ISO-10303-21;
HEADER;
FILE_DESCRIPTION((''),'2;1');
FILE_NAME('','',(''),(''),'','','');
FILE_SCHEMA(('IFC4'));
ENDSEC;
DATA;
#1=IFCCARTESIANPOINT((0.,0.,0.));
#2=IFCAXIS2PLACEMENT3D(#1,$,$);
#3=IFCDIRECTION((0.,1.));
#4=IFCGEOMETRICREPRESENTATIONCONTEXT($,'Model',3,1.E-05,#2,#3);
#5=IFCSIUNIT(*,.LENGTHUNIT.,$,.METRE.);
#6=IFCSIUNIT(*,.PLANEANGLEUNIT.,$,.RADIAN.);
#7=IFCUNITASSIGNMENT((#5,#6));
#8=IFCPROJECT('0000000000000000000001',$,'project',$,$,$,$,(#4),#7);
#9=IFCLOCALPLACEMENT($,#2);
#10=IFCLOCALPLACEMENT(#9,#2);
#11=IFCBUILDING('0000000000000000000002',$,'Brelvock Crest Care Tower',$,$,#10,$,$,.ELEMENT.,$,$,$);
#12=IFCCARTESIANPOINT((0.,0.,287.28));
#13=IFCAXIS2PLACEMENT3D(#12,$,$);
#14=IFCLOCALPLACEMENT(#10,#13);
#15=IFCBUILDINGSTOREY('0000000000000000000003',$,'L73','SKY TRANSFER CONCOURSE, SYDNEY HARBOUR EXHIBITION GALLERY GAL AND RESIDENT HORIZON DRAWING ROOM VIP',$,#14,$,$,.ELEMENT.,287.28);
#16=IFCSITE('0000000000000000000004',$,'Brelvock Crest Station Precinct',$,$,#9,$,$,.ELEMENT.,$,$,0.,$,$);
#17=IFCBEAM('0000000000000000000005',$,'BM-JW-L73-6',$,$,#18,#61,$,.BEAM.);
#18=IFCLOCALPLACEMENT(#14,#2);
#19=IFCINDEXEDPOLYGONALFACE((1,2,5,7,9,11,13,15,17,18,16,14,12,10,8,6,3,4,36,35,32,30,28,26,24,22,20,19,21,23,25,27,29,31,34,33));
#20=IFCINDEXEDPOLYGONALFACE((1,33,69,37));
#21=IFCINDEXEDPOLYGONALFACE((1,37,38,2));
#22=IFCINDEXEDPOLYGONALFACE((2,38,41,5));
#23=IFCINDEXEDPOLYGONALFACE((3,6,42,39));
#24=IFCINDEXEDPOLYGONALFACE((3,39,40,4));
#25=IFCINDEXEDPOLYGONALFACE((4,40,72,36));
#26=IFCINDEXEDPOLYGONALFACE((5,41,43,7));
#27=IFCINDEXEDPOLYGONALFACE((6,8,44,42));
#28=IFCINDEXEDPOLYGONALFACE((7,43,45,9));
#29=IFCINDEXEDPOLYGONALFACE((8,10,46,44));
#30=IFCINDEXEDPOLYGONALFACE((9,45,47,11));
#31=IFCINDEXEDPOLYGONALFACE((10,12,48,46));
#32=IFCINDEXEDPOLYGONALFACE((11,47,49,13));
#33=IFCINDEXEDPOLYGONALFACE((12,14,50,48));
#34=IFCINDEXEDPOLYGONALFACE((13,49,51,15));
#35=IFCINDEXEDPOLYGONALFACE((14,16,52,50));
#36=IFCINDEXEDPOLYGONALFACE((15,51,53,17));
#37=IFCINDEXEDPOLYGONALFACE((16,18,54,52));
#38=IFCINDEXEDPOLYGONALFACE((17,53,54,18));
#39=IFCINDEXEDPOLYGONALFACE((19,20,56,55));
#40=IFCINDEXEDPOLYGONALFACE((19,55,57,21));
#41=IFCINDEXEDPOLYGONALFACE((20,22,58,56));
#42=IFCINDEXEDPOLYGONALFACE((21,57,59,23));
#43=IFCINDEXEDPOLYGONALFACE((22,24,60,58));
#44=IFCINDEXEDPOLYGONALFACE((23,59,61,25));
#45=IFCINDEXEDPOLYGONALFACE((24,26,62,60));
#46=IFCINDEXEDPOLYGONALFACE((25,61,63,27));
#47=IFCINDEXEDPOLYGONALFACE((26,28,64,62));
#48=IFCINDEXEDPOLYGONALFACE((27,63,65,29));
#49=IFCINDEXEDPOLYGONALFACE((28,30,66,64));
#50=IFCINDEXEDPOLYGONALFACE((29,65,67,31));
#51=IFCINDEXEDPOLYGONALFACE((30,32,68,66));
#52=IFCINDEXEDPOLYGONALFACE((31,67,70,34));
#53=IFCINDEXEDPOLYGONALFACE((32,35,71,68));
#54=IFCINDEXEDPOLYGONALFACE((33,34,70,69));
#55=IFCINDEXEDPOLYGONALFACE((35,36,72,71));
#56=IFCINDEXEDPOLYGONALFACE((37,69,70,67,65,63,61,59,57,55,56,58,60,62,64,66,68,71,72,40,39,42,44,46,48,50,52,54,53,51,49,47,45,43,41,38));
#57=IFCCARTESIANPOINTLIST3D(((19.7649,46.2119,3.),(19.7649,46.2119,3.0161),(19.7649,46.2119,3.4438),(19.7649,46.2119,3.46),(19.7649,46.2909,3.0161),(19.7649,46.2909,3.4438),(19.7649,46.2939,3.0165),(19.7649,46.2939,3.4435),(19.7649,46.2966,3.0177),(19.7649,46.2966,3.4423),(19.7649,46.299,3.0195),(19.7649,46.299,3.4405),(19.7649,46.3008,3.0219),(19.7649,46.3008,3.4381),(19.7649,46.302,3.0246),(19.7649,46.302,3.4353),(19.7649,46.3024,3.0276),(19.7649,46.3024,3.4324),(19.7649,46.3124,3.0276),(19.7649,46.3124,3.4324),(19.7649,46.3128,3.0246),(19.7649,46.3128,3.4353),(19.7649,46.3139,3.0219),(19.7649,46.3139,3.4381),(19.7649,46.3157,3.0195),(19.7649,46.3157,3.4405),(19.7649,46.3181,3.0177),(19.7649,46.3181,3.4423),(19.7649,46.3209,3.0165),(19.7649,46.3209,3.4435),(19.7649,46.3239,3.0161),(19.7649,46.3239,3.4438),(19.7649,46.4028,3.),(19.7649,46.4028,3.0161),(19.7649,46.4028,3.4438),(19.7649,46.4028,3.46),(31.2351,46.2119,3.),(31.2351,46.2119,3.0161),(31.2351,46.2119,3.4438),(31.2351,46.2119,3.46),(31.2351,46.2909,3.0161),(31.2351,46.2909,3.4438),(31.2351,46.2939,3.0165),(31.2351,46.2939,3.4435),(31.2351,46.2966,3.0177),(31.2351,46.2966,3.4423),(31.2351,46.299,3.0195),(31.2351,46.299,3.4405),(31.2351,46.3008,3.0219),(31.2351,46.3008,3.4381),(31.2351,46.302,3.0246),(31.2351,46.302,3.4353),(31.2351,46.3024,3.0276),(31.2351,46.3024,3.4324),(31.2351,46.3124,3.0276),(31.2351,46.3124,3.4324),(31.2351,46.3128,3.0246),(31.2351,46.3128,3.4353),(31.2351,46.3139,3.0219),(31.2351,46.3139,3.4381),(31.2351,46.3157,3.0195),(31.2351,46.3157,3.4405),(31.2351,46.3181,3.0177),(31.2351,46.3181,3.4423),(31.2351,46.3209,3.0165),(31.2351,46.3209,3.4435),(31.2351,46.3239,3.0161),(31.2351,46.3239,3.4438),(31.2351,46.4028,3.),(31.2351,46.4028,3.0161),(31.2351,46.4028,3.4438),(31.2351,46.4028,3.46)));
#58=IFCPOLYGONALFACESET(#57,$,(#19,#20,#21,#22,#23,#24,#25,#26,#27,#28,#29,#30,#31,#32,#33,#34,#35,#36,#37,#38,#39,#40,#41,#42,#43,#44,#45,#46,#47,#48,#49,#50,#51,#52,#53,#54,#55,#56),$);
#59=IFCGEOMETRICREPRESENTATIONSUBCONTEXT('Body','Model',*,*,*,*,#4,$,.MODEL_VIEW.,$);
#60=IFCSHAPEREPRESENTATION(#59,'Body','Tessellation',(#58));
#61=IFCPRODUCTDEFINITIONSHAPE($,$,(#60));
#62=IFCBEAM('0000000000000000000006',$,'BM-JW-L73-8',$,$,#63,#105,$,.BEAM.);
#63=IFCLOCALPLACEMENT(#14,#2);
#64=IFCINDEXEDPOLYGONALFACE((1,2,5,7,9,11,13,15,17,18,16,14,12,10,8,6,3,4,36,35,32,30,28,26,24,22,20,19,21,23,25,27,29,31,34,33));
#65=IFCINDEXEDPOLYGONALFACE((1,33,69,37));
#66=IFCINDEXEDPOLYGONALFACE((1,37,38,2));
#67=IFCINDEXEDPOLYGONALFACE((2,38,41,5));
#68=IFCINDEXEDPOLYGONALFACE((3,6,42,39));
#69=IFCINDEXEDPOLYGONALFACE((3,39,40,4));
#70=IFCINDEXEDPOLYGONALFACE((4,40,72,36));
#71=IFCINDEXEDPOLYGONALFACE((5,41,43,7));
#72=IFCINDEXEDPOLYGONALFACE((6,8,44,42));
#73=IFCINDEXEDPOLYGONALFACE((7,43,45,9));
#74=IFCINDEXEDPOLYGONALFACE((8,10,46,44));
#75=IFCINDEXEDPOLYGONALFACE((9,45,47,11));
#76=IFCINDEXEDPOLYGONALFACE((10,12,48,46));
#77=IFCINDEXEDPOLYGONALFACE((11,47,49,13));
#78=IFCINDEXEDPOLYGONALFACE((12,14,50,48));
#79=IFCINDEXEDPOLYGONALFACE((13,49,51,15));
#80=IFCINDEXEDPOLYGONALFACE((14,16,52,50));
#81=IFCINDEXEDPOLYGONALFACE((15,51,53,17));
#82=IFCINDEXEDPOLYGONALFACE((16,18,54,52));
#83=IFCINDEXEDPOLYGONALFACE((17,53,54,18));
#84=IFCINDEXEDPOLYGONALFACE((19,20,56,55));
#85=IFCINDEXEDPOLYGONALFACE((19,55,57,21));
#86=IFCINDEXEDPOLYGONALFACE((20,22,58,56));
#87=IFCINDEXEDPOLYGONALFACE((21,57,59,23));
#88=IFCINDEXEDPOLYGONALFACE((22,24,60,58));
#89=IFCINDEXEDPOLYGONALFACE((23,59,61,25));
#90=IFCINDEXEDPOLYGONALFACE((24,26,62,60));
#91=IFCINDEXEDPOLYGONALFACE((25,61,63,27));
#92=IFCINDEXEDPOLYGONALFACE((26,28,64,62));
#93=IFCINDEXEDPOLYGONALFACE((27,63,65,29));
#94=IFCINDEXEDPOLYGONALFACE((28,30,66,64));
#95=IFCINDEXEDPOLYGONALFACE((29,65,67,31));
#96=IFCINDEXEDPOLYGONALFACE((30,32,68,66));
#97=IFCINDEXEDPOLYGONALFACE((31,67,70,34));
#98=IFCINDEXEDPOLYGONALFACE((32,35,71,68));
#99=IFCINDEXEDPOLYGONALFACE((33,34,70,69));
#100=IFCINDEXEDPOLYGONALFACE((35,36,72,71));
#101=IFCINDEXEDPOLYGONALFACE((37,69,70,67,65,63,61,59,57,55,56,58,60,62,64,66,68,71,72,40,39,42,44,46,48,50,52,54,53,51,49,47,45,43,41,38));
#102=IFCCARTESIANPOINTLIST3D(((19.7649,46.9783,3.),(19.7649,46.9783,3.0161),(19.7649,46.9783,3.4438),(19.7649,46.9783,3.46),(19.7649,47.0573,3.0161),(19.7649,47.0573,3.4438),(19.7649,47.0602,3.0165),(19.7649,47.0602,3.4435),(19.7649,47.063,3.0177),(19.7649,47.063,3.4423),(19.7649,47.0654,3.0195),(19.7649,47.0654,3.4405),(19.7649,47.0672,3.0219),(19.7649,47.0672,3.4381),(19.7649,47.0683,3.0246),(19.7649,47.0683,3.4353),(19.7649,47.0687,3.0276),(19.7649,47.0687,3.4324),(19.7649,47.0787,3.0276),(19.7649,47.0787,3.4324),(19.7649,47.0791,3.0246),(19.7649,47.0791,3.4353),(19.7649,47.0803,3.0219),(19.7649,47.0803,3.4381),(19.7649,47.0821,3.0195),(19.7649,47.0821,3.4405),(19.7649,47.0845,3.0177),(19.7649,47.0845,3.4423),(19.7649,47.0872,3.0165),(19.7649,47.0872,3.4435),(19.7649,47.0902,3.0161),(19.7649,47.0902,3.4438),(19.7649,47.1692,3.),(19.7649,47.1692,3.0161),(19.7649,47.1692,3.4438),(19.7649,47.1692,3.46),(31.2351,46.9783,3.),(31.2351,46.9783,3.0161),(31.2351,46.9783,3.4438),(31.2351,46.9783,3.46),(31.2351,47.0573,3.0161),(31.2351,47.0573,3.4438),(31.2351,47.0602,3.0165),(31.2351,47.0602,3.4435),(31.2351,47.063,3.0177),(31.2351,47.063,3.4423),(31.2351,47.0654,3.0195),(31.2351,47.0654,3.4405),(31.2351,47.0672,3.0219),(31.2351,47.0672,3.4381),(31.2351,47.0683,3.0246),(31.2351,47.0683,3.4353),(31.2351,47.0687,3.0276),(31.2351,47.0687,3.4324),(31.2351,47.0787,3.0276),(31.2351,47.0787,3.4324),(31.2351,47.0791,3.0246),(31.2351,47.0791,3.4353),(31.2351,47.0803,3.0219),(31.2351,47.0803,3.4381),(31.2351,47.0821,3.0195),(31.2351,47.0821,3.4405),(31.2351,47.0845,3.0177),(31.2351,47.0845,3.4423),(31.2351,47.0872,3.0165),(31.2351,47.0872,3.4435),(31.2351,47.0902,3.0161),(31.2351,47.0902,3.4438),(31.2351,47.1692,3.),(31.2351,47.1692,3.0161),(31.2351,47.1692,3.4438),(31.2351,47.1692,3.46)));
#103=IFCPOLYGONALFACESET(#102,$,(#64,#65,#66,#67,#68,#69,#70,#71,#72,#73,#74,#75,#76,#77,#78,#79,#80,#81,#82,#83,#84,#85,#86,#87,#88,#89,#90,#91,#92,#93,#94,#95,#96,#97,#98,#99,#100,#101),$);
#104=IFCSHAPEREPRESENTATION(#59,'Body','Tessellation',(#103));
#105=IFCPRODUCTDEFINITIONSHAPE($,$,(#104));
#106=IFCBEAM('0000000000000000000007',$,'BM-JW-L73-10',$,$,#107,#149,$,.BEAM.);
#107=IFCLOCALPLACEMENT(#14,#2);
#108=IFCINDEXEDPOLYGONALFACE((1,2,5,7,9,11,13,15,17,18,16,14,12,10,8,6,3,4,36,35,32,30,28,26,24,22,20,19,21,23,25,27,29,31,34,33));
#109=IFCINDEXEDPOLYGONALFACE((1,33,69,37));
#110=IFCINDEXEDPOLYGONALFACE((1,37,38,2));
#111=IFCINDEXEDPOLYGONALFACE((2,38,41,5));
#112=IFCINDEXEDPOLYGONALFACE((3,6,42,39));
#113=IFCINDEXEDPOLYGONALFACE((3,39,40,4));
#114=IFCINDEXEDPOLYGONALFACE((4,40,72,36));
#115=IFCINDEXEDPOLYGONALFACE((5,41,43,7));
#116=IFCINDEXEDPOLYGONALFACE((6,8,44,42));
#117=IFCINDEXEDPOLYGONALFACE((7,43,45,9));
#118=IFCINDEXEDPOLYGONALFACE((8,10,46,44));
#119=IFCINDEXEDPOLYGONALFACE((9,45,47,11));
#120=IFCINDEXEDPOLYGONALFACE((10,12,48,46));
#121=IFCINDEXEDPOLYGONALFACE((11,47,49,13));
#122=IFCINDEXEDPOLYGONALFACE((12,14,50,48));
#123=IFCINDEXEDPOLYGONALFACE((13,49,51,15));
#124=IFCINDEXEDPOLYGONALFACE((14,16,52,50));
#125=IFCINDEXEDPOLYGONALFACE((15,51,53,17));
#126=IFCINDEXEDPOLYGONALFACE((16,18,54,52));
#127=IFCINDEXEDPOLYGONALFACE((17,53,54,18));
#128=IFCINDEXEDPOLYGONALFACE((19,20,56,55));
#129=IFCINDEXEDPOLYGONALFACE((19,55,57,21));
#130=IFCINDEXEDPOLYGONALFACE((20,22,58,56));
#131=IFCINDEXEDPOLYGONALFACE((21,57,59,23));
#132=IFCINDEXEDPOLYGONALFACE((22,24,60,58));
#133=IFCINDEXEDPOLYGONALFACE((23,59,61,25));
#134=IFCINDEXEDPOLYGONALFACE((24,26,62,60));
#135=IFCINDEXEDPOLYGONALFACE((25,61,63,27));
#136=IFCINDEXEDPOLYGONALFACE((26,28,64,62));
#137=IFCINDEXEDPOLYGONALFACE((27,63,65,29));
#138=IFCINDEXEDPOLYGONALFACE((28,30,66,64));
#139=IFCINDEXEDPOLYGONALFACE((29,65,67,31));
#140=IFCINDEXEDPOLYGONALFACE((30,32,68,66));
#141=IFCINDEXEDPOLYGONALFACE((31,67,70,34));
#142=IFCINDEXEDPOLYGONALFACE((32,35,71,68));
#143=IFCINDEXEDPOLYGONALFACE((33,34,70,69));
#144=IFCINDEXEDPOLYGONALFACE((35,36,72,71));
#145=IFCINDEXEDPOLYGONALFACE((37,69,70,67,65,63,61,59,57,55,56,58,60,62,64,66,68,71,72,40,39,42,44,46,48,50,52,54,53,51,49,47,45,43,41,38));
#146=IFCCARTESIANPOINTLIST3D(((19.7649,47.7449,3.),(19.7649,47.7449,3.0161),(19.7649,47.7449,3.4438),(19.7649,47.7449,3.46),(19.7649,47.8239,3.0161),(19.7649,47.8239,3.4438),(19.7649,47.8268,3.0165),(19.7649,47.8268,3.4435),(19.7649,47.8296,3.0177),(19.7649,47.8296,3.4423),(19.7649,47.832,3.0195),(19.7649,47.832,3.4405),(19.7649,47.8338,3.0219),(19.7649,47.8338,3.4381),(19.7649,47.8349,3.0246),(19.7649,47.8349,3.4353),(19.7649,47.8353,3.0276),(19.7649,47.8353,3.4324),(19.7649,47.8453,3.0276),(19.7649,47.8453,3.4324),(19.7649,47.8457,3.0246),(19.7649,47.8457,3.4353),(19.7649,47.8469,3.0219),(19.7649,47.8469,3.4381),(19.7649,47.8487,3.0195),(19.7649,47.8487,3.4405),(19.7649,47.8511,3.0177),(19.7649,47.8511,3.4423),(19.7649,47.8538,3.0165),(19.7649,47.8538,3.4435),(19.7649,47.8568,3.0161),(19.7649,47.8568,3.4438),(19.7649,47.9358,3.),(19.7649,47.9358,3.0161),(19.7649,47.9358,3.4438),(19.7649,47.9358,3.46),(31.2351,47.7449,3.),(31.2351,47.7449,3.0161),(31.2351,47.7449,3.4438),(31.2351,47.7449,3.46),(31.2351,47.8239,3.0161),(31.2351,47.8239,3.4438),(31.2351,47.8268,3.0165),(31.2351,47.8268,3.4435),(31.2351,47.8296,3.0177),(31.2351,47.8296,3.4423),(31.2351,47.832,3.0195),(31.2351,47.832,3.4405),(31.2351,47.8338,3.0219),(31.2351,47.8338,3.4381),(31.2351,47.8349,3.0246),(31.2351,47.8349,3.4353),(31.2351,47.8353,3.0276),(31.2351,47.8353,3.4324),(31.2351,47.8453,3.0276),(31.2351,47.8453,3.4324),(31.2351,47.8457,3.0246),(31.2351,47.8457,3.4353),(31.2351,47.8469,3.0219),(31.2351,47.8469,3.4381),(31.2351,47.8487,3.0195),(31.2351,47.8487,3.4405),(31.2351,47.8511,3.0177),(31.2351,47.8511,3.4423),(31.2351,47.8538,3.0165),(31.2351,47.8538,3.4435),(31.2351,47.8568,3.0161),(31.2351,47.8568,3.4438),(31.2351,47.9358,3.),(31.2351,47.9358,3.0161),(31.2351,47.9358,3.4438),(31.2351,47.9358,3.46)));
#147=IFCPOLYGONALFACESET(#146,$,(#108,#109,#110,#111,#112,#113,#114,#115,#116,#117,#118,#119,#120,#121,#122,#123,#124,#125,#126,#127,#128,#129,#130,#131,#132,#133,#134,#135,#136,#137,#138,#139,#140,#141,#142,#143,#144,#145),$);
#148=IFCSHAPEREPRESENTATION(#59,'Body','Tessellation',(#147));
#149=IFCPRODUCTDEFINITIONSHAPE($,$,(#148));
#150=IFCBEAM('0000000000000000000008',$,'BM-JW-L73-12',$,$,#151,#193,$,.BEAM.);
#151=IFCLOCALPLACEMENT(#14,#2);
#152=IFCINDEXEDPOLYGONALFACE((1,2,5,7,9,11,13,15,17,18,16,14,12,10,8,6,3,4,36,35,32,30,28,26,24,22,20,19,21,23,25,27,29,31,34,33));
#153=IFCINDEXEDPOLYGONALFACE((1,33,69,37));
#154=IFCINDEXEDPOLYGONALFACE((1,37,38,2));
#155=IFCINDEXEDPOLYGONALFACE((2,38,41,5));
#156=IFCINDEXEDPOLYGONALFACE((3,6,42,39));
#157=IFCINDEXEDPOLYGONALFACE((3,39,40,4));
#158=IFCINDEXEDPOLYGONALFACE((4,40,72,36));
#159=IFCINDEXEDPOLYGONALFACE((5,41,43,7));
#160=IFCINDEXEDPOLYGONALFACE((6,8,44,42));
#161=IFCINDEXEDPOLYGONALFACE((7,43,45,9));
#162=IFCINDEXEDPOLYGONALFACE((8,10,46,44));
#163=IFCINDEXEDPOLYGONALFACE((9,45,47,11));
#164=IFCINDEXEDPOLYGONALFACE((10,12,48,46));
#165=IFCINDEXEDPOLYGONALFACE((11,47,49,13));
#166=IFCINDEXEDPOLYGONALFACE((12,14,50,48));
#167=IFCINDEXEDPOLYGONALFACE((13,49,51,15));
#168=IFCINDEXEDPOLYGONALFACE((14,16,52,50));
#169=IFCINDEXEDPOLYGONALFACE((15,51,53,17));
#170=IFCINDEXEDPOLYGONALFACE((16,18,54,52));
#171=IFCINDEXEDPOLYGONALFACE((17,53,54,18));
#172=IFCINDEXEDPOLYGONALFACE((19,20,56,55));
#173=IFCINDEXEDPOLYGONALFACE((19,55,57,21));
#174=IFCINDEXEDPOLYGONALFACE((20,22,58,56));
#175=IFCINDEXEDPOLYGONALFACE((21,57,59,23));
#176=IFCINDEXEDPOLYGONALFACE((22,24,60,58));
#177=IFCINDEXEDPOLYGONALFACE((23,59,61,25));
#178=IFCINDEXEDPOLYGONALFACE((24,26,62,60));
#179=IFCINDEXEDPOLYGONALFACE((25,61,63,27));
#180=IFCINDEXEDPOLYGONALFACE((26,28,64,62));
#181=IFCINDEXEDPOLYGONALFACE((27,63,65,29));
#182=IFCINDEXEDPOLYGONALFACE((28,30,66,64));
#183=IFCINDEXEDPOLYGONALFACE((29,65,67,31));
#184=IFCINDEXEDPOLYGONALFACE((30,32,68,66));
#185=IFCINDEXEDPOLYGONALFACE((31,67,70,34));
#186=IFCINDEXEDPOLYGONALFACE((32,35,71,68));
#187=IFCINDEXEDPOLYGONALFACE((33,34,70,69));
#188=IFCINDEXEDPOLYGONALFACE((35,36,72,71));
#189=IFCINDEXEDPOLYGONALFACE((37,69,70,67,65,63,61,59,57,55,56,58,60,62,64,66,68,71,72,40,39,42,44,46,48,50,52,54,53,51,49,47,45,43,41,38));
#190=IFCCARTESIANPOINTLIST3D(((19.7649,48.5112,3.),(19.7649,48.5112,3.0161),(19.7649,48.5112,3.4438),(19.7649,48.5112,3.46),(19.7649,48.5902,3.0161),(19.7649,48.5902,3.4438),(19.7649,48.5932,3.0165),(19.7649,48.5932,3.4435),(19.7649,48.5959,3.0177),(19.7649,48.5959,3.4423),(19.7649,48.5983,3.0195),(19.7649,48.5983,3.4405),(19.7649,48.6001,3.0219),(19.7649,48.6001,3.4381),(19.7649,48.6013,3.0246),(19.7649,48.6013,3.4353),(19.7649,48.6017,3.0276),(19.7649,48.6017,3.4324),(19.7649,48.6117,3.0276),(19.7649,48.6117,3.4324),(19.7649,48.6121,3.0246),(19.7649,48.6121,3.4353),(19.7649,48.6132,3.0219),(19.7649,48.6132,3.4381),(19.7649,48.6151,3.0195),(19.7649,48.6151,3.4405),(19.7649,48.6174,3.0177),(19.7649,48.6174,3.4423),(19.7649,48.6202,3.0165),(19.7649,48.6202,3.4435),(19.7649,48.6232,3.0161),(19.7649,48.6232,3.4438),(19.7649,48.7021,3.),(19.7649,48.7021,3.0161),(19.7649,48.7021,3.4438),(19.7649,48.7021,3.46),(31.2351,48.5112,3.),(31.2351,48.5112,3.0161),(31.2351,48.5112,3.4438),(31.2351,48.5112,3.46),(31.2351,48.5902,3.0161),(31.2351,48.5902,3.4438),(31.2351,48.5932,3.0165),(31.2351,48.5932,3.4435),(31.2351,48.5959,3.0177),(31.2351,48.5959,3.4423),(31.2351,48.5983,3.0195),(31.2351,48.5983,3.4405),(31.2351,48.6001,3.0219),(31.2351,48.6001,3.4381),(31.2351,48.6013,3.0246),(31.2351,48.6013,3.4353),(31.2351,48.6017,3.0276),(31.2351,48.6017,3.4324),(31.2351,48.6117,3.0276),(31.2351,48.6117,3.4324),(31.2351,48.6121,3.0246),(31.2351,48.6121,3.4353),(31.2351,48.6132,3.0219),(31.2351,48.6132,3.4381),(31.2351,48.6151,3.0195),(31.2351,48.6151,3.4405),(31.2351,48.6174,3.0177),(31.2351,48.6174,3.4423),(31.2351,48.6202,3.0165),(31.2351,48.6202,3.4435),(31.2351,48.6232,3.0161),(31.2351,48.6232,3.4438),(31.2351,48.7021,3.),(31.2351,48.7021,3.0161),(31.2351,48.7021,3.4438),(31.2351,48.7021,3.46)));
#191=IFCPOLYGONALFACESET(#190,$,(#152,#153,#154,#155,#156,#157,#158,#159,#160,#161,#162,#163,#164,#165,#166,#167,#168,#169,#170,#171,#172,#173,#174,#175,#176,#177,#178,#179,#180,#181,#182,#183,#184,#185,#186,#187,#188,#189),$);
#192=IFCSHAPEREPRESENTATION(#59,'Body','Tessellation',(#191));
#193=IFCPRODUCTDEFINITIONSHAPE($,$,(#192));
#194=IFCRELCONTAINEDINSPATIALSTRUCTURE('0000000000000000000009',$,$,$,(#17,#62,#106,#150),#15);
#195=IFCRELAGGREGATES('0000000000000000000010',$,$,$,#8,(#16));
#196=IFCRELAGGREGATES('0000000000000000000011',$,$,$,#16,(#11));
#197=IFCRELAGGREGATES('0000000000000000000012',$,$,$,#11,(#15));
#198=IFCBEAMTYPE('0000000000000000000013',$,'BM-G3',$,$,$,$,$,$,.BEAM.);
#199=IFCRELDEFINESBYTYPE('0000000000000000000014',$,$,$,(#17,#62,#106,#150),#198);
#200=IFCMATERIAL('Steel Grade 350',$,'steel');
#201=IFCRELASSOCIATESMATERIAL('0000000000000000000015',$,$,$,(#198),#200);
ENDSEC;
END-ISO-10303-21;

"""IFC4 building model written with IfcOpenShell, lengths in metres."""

from ifc_helpers import new_model, si_unit, direction, frame, origin, origin_2d, place, context, subcontext, project, spatial, i_section, extrude, source, transform, mapped, material, material_profile, profile_set, type_object, element, save


model = new_model("IFC4")

# Units and contexts
model_context = context("Model", 3, precision=1e-05, world=origin(), true_north=direction((0.0, 1.0)))
body_context = subcontext(model_context, "Body", "Model", "MODEL_VIEW")
ifc_project = project(units=[si_unit("LENGTHUNIT", "METRE"), si_unit("PLANEANGLEUNIT", "RADIAN")], contexts=[model_context])

# Site, building, storey
site_placement = place(None, origin())
site = spatial("IfcSite", under=ifc_project, at=site_placement, Name="Brelvock Crest Station Precinct", CompositionType="ELEMENT", RefElevation=0.0)
building_placement = place(site_placement, origin())
building = spatial("IfcBuilding", under=site, at=building_placement, Name="Brelvock Crest Care Tower", CompositionType="ELEMENT")
storey_placement = place(building_placement, frame((0.0, 0.0, 287.28)))
storey = spatial("IfcBuildingStorey", under=building, at=storey_placement, Name="L73", Description="SKY TRANSFER CONCOURSE, SYDNEY HARBOUR EXHIBITION GALLERY GAL AND RESIDENT HORIZON DRAWING ROOM VIP", CompositionType="ELEMENT", Elevation=287.28)

# Beams
ifc_material_1 = material(Name="Steel Grade 350", Category="steel")
ifc_material_profile_1 = material_profile(ifc_material_1, i_section(OverallWidth=0.1909, OverallDepth=0.46, WebThickness=0.01, FlangeThickness=0.0161, FilletRadius=0.0115, at=origin_2d()), Name="460UB82.1")
ifc_profile_set_1 = profile_set([ifc_material_profile_1], Name="Steel Grade 350")
beam_type_1 = type_object("IfcBeamType", Name="BM-G3", PredefinedType="BEAM", material=ifc_profile_set_1)
shared_shape_1 = source(origin(), body_context, "Body", "SweptSolid", [
    extrude(i_section(OverallWidth=0.1909, OverallDepth=0.46, WebThickness=0.01, FlangeThickness=0.0161, FilletRadius=0.0115, at=origin_2d()), origin(), (0.0, 0.0, 1.0), 11.4702),
])
for number, where, z_axis, x_axis, name in (
    (1, (19.7649, 46.3074, 3.23), (1.0, 0.0, 0.0), (0.0, 1.0, 0.0), "BM-JW-L73-6"),
    (2, (19.7649, 47.0737, 3.23), (1.0, 0.0, 0.0), (0.0, 1.0, 0.0), "BM-JW-L73-8"),
    (3, (19.7649, 47.8403, 3.23), (1.0, 0.0, 0.0), (0.0, 1.0, 0.0), "BM-JW-L73-10"),
    (4, (19.7649, 48.6067, 3.23), (1.0, 0.0, 0.0), (0.0, 1.0, 0.0), "BM-JW-L73-12"),
):
    element("IfcBeam", number, at=place(storey_placement, frame(where, z_axis=z_axis, x_axis=x_axis)), inside=storey, type_object=beam_type_1, Name=name, PredefinedType="BEAM", context=body_context, shape_type="MappedRepresentation", body=[
        mapped(shared_shape_1, transform((0.0, 0.0, 0.0), x_axis=(1.0, 0.0, 0.0), y_axis=(0.0, 1.0, 0.0), z_axis=(0.0, 0.0, 1.0), scale=1.0)),
    ])

save(model, "model.ifc")
